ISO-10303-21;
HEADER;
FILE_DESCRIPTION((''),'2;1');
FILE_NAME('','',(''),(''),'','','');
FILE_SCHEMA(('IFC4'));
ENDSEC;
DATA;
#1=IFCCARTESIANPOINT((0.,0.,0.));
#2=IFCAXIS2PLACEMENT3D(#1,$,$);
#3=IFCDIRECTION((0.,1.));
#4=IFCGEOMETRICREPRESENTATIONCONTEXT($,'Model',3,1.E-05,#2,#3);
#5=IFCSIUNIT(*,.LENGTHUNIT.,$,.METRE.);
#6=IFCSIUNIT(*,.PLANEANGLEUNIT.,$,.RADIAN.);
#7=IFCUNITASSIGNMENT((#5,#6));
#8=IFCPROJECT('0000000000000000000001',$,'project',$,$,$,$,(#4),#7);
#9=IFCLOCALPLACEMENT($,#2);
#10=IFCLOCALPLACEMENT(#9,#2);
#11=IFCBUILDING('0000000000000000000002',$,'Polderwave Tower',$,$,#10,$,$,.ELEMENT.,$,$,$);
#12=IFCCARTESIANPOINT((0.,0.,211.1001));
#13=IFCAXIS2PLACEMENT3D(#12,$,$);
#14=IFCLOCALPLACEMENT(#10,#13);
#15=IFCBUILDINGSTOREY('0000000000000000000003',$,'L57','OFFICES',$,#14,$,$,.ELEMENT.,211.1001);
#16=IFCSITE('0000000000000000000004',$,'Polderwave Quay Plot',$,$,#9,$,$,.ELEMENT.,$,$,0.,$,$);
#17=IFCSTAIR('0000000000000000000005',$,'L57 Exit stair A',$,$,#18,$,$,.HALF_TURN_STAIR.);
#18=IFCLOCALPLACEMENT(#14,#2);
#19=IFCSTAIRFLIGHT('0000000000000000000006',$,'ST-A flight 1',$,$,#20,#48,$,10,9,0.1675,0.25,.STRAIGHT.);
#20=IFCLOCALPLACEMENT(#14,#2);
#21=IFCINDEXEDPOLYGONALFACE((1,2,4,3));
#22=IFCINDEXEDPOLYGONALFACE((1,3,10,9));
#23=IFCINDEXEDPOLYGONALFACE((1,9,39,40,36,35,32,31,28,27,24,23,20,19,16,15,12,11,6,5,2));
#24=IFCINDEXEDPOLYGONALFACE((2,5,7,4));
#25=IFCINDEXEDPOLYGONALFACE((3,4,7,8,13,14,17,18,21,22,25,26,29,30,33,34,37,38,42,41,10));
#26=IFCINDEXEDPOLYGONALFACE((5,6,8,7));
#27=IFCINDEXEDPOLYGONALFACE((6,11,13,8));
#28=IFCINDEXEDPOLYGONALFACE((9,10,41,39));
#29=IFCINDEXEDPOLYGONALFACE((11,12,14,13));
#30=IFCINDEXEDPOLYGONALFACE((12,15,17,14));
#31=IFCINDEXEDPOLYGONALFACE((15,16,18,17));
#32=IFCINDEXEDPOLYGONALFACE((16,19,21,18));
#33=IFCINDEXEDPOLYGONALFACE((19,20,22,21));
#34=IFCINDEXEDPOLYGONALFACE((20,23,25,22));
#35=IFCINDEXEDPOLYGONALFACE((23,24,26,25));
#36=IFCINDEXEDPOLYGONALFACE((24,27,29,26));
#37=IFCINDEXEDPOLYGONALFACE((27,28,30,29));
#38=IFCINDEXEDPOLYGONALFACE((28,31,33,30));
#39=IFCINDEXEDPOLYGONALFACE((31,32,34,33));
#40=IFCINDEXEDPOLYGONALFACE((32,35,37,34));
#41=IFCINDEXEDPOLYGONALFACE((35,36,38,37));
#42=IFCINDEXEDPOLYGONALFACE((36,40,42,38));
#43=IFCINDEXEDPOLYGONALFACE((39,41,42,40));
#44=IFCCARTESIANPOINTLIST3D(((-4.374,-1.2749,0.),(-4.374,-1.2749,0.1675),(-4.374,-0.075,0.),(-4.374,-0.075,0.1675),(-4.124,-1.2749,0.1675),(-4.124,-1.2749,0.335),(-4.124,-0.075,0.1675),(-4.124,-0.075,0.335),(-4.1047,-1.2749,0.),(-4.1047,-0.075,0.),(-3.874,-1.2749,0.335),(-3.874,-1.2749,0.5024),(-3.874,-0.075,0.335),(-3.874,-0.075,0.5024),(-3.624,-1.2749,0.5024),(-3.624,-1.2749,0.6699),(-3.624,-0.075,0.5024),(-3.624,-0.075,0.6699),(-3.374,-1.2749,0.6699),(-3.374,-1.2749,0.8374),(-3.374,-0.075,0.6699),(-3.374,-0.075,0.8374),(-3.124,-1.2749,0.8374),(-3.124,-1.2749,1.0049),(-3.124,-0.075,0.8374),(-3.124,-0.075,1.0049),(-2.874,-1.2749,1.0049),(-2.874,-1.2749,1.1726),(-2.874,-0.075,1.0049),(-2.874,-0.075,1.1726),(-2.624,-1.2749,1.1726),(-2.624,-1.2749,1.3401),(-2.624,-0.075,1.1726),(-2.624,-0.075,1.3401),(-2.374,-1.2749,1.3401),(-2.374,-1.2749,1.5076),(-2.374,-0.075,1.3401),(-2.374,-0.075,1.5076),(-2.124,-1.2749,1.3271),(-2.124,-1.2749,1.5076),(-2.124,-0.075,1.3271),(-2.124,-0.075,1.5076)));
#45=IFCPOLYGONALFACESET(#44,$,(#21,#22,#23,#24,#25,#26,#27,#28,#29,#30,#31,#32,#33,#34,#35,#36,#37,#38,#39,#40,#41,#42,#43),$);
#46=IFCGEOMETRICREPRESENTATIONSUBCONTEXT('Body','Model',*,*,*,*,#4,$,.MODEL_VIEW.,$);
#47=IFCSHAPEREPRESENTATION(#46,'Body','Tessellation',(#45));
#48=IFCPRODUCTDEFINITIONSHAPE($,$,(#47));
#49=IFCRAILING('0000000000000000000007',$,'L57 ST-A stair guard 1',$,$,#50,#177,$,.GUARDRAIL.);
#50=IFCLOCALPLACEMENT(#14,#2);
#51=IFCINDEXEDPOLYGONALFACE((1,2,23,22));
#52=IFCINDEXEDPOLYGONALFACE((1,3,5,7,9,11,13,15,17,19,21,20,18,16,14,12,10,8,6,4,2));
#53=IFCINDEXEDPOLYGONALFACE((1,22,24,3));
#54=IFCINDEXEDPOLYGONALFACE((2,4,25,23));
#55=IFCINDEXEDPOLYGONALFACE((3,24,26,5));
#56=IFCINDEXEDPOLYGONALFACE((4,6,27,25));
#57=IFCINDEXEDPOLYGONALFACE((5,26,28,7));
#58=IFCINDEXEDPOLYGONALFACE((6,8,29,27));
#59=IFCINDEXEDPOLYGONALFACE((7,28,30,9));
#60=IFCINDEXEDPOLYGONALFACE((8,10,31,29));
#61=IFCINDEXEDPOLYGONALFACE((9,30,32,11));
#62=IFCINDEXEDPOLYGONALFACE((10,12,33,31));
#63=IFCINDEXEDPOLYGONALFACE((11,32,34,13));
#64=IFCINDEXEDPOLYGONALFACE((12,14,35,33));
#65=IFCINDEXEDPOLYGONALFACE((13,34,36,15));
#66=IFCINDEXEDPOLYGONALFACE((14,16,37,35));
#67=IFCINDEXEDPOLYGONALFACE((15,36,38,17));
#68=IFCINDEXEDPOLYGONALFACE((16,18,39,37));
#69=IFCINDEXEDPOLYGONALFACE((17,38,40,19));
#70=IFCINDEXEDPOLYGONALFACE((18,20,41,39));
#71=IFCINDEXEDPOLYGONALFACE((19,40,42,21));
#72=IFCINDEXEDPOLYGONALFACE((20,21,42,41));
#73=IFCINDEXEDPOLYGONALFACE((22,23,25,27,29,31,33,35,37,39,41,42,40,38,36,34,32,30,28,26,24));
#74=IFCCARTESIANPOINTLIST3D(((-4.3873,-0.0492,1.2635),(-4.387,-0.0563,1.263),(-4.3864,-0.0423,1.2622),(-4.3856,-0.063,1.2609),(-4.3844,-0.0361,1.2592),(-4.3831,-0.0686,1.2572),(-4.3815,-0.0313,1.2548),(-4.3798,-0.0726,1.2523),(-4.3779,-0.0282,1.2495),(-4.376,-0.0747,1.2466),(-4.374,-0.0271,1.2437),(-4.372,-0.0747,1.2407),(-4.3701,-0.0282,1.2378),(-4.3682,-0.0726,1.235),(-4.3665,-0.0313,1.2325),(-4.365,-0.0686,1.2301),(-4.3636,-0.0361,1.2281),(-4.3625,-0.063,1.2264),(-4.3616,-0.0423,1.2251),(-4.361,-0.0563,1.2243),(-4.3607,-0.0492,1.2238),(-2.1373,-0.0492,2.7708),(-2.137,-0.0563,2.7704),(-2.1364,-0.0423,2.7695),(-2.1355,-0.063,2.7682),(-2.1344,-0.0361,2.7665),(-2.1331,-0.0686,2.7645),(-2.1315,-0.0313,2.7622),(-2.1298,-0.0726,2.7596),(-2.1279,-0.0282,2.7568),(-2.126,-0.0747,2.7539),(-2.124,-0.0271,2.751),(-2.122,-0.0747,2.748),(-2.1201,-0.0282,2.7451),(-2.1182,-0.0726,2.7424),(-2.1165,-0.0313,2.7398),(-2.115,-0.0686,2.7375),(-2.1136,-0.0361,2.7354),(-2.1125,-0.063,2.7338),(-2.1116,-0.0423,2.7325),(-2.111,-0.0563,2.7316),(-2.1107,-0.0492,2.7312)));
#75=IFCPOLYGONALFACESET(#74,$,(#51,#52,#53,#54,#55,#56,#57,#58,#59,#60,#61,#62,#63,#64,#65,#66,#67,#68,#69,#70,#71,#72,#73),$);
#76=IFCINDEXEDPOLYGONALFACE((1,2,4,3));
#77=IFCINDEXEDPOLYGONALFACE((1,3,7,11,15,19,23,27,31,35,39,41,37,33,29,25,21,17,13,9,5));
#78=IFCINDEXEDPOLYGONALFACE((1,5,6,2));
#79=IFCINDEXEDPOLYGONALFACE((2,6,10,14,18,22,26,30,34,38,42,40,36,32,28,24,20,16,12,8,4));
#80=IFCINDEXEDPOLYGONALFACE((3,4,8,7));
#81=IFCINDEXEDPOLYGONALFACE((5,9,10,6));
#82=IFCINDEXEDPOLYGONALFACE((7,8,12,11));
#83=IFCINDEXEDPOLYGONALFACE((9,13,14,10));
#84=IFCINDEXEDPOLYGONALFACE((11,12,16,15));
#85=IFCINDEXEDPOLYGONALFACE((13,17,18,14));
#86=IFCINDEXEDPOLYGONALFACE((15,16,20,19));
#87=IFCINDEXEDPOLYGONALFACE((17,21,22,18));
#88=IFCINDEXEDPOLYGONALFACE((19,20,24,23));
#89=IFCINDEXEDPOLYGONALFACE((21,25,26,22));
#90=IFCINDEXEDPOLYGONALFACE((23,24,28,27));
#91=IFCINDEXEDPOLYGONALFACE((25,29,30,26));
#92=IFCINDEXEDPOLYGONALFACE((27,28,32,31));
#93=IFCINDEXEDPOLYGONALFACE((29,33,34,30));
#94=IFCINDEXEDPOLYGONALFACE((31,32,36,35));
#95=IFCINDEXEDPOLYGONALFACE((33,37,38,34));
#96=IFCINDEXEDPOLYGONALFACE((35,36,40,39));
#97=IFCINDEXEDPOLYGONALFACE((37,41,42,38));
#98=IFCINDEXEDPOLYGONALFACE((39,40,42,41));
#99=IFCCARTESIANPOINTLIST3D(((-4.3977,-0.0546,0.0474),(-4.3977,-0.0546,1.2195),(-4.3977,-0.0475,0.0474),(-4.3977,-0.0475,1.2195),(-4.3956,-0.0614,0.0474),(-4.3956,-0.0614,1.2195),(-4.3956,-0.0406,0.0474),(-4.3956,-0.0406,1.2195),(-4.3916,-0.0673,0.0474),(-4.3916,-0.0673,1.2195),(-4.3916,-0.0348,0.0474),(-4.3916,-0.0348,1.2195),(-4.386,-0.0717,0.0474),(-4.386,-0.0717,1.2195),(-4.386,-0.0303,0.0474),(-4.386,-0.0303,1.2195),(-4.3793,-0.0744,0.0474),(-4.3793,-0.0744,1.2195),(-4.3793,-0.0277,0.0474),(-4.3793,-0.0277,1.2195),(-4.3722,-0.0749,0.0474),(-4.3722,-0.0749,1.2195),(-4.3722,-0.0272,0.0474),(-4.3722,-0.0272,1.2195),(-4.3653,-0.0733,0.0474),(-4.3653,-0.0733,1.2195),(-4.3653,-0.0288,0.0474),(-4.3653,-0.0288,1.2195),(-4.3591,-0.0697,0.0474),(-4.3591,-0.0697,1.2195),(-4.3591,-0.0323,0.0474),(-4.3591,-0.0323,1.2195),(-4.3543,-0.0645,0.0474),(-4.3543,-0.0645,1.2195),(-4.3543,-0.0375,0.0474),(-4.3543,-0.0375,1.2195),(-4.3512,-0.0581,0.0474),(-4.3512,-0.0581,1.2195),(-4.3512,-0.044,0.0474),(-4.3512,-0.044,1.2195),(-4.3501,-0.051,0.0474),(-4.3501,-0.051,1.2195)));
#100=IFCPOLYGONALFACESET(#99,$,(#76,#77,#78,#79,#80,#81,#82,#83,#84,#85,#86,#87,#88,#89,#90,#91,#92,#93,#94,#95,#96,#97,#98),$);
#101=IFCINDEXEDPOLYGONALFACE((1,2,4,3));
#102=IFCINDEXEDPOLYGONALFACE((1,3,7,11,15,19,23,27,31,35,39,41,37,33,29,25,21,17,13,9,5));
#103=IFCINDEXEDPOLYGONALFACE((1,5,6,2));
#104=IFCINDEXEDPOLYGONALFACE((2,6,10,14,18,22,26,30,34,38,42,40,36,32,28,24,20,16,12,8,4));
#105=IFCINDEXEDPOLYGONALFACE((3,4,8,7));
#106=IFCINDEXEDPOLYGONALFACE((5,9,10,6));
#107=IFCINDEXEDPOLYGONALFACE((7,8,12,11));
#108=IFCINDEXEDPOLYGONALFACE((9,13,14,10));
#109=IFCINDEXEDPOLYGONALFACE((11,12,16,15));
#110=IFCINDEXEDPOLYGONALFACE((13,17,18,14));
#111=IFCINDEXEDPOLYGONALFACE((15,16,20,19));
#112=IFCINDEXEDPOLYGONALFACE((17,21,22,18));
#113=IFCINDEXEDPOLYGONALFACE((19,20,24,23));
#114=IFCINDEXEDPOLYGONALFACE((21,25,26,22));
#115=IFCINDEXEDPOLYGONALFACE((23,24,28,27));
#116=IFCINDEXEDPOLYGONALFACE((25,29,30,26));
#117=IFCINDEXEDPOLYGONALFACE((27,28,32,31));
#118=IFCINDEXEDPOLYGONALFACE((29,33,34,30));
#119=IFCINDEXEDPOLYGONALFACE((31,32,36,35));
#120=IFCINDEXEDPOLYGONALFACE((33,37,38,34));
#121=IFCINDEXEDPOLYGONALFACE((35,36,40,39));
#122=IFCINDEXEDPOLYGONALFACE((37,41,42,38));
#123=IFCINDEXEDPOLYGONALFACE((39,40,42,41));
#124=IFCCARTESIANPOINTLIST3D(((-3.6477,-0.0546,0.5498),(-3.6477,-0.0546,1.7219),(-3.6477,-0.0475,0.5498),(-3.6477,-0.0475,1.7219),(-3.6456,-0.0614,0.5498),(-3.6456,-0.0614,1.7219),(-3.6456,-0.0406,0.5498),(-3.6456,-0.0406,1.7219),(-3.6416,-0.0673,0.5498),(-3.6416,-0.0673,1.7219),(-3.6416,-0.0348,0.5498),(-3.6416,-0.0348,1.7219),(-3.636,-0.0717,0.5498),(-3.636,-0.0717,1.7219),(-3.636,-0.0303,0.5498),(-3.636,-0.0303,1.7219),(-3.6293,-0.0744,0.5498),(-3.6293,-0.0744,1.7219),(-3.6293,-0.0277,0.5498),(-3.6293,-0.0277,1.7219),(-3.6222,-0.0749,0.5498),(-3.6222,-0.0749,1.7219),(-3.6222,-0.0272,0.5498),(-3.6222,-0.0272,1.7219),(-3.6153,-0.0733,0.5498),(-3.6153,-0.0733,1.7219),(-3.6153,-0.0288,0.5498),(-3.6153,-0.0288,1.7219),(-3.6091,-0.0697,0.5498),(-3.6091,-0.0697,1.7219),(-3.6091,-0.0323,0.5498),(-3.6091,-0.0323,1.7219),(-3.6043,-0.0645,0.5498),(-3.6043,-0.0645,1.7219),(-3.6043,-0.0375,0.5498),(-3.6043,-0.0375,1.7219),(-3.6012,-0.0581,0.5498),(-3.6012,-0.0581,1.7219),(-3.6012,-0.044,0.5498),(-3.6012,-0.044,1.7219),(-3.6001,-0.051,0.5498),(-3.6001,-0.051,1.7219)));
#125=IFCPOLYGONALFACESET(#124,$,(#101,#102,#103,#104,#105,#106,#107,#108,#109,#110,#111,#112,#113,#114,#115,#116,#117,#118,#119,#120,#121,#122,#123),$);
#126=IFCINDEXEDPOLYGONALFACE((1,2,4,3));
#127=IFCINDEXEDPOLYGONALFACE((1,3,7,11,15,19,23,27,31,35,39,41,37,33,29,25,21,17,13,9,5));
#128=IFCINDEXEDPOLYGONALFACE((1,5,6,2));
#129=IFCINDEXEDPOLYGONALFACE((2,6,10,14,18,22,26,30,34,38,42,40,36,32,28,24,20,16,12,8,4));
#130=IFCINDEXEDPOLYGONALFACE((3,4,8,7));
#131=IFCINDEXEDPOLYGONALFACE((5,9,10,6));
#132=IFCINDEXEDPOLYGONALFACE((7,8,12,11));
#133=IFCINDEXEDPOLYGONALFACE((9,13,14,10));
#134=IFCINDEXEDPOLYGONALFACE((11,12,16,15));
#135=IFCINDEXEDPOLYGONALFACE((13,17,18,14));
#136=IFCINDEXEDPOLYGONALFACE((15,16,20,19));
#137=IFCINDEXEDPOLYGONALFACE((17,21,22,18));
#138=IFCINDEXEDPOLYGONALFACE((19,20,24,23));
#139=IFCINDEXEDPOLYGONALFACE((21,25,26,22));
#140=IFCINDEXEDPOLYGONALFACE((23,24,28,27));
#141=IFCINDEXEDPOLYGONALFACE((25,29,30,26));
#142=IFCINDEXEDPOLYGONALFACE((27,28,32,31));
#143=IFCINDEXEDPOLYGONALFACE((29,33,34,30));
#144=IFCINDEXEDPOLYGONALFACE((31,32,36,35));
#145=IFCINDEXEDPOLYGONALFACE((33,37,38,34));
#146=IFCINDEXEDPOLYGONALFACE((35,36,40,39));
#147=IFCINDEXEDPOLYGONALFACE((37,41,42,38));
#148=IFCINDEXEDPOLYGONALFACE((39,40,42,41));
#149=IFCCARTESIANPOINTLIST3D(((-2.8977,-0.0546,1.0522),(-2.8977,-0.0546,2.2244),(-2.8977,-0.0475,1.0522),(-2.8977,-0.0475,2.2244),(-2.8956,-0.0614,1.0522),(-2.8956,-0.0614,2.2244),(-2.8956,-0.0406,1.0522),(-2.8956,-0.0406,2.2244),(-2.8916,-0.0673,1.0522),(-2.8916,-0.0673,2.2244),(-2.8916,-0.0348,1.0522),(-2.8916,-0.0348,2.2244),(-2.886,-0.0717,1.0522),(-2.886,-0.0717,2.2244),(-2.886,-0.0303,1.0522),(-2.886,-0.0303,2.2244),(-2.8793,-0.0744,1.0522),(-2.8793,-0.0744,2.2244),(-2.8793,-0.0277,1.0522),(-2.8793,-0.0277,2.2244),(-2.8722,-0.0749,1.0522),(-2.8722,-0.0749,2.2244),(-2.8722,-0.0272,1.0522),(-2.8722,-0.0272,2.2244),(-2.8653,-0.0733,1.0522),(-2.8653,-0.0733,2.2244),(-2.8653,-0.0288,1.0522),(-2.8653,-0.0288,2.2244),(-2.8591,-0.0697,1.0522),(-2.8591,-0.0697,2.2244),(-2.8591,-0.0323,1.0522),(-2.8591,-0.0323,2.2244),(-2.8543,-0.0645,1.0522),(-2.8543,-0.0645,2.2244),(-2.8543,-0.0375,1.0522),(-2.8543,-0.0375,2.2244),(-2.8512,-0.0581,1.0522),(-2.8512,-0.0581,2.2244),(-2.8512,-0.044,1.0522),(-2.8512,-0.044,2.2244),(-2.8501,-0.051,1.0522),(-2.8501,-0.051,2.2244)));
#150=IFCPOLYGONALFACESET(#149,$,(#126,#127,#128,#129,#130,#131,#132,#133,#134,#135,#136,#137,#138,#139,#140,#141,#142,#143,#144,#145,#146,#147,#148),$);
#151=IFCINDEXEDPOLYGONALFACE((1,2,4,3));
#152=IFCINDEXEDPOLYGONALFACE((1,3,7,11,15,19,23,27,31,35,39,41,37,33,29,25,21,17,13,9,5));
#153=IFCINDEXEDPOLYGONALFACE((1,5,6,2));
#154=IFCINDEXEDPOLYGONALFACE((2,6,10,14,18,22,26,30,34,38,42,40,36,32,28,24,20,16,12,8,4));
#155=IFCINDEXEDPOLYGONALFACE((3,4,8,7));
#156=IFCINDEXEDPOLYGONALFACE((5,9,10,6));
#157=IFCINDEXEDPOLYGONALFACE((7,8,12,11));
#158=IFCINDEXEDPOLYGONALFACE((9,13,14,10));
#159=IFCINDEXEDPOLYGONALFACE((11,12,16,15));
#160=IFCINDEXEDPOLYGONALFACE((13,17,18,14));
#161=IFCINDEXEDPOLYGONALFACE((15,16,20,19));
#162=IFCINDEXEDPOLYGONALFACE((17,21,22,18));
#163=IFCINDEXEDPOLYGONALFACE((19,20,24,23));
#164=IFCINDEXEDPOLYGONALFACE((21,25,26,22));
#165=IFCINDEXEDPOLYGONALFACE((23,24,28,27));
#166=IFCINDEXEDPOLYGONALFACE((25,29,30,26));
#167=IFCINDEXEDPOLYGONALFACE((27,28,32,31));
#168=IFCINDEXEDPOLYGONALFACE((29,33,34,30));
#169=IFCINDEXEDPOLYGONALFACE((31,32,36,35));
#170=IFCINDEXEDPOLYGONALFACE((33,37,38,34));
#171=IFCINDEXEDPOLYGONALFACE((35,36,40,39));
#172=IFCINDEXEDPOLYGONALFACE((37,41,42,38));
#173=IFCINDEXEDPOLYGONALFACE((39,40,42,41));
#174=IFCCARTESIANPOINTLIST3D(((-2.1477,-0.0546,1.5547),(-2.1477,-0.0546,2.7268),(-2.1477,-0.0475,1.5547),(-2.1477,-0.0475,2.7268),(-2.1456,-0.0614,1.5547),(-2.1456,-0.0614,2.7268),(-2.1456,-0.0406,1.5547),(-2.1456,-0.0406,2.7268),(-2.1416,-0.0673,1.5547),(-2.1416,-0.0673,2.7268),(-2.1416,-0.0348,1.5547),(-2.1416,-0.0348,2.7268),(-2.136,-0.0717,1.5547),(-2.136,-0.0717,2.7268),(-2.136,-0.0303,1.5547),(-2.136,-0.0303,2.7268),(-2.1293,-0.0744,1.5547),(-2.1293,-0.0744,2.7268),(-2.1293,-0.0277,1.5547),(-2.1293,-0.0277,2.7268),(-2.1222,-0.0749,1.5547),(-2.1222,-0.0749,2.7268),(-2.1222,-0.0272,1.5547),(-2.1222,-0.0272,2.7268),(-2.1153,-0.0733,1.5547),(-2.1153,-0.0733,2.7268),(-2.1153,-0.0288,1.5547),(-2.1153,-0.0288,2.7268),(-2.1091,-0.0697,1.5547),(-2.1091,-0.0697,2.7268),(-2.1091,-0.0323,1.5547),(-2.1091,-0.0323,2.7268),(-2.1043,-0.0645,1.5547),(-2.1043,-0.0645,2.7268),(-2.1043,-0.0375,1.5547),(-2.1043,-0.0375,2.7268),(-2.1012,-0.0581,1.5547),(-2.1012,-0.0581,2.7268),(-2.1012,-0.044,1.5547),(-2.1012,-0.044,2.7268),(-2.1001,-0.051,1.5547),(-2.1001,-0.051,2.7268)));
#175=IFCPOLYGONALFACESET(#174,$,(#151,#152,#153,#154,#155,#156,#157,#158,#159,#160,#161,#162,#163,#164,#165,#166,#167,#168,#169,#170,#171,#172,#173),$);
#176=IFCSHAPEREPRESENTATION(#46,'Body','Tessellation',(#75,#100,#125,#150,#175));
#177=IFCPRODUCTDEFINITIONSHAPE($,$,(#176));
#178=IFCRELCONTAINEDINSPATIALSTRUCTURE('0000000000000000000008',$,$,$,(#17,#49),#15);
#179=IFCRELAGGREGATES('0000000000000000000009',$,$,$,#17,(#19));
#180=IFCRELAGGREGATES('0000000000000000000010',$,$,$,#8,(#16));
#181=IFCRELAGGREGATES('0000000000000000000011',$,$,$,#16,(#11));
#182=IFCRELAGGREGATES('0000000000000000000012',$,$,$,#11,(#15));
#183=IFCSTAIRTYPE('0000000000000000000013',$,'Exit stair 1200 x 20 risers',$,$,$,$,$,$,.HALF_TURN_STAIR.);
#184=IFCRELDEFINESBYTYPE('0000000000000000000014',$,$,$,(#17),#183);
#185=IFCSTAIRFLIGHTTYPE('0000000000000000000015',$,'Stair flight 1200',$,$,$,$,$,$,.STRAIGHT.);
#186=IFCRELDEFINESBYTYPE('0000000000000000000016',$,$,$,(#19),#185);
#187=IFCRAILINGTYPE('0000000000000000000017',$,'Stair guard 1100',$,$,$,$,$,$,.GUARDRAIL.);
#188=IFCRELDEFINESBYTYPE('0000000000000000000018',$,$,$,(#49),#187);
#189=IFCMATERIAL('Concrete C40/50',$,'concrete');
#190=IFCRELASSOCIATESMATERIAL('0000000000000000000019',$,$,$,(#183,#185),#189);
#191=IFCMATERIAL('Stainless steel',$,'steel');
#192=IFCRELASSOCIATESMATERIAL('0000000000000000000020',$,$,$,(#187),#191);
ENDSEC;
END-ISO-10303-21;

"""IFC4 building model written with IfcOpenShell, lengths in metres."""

from ifc_helpers import new_model, si_unit, direction, frame, origin, origin_2d, place, context, subcontext, project, spatial, polyline, circle, outline, extrude, material, type_object, element, aggregate, save


model = new_model("IFC4")

# Units and contexts
model_context = context("Model", 3, precision=1e-05, world=origin(), true_north=direction((0.0, 1.0)))
body_context = subcontext(model_context, "Body", "Model", "MODEL_VIEW")
ifc_project = project(units=[si_unit("LENGTHUNIT", "METRE"), si_unit("PLANEANGLEUNIT", "RADIAN")], contexts=[model_context])

# Site, building, storey
site_placement = place(None, origin())
site = spatial("IfcSite", under=ifc_project, at=site_placement, Name="Polderwave Quay Plot", CompositionType="ELEMENT", RefElevation=0.0)
building_placement = place(site_placement, origin())
building = spatial("IfcBuilding", under=site, at=building_placement, Name="Polderwave Tower", CompositionType="ELEMENT")
storey_placement = place(building_placement, frame((0.0, 0.0, 211.1001)))
storey = spatial("IfcBuildingStorey", under=building, at=storey_placement, Name="L57", Description="OFFICES", CompositionType="ELEMENT", Elevation=211.1001)

# Shared definitions
ifc_material_1 = material(Name="Concrete C40/50", Category="concrete")

# Stair, stair flight
stair_type = type_object("IfcStairType", Name="Exit stair 1200 x 20 risers", PredefinedType="HALF_TURN_STAIR", material=ifc_material_1)
stair_placement = place(storey_placement, origin())
stair = element("IfcStair", 1, at=stair_placement, inside=storey, type_object=stair_type, Name="L57 Exit stair A", PredefinedType="HALF_TURN_STAIR")
stair_flight_type = type_object("IfcStairFlightType", Name="Stair flight 1200", PredefinedType="STRAIGHT", material=ifc_material_1)
stair_flight_placement = place(storey_placement, frame((-4.374, -0.675, 0.0), z_axis=(0.0, 0.0, 1.0), x_axis=(1.0, 0.0, 0.0)))
stair_flight = element("IfcStairFlight", 2, at=stair_flight_placement, type_object=stair_flight_type, Name="ST-A flight 1", NumberOfRisers=10, NumberOfTreads=9, PredefinedType="STRAIGHT", RiserHeight=0.1675, TreadLength=0.25, context=body_context, shape_type="SweptSolid", body=[
    extrude(outline(polyline([(0.0, 0.0), (0.0, 0.1675), (0.25, 0.1675), (0.25, 0.335), (0.5, 0.335), (0.5, 0.5024), (0.75, 0.5024), (0.75, 0.6699), (1.0, 0.6699), (1.0, 0.8374), (1.25, 0.8374), (1.25, 1.0049), (1.5, 1.0049), (1.5, 1.1726), (1.75, 1.1726), (1.75, 1.3401), (2.0, 1.3401), (2.0, 1.5076), (2.25, 1.5076), (2.25, 1.675), (2.25, 1.3271), (0.2693, 0.0), (0.0, 0.0)])), frame((0.0, 0.6001, 0.0), z_axis=(0.0, -1.0, 0.0), x_axis=(1.0, 0.0, 0.0)), (0.0, 0.0, 1.0), 1.2),
])
aggregate(stair, [stair_flight])

# Railing
ifc_material_2 = material(Name="Stainless steel", Category="steel")
railing_type = type_object("IfcRailingType", Name="Stair guard 1100", PredefinedType="GUARDRAIL", material=ifc_material_2)
railing_1_placement = place(storey_placement, frame((-4.374, -0.051, 0.0474)))
element("IfcRailing", 3, at=railing_1_placement, inside=storey, type_object=railing_type, Name="L57 ST-A stair guard 1", PredefinedType="GUARDRAIL", context=body_context, shape_type="SweptSolid", body=[
    extrude(circle(Radius=0.0239, at=origin_2d()), frame((0.0, 0.0, 1.1963), z_axis=(0.8308, 0.0, 0.556571), x_axis=(0.0, 1.0, 0.0)), (0.0, 0.0, 1.0), 2.7083),
    extrude(circle(Radius=0.0239, at=origin_2d()), origin(), (0.0, 0.0, 1.0), 1.1721),
    extrude(circle(Radius=0.0239, at=origin_2d()), frame((0.75, 0.0, 0.5024)), (0.0, 0.0, 1.0), 1.1721),
    extrude(circle(Radius=0.0239, at=origin_2d()), frame((1.5, 0.0, 1.0049)), (0.0, 0.0, 1.0), 1.1721),
    extrude(circle(Radius=0.0239, at=origin_2d()), frame((2.25, 0.0, 1.5073)), (0.0, 0.0, 1.0), 1.1721),
])

save(model, "model.ifc")
